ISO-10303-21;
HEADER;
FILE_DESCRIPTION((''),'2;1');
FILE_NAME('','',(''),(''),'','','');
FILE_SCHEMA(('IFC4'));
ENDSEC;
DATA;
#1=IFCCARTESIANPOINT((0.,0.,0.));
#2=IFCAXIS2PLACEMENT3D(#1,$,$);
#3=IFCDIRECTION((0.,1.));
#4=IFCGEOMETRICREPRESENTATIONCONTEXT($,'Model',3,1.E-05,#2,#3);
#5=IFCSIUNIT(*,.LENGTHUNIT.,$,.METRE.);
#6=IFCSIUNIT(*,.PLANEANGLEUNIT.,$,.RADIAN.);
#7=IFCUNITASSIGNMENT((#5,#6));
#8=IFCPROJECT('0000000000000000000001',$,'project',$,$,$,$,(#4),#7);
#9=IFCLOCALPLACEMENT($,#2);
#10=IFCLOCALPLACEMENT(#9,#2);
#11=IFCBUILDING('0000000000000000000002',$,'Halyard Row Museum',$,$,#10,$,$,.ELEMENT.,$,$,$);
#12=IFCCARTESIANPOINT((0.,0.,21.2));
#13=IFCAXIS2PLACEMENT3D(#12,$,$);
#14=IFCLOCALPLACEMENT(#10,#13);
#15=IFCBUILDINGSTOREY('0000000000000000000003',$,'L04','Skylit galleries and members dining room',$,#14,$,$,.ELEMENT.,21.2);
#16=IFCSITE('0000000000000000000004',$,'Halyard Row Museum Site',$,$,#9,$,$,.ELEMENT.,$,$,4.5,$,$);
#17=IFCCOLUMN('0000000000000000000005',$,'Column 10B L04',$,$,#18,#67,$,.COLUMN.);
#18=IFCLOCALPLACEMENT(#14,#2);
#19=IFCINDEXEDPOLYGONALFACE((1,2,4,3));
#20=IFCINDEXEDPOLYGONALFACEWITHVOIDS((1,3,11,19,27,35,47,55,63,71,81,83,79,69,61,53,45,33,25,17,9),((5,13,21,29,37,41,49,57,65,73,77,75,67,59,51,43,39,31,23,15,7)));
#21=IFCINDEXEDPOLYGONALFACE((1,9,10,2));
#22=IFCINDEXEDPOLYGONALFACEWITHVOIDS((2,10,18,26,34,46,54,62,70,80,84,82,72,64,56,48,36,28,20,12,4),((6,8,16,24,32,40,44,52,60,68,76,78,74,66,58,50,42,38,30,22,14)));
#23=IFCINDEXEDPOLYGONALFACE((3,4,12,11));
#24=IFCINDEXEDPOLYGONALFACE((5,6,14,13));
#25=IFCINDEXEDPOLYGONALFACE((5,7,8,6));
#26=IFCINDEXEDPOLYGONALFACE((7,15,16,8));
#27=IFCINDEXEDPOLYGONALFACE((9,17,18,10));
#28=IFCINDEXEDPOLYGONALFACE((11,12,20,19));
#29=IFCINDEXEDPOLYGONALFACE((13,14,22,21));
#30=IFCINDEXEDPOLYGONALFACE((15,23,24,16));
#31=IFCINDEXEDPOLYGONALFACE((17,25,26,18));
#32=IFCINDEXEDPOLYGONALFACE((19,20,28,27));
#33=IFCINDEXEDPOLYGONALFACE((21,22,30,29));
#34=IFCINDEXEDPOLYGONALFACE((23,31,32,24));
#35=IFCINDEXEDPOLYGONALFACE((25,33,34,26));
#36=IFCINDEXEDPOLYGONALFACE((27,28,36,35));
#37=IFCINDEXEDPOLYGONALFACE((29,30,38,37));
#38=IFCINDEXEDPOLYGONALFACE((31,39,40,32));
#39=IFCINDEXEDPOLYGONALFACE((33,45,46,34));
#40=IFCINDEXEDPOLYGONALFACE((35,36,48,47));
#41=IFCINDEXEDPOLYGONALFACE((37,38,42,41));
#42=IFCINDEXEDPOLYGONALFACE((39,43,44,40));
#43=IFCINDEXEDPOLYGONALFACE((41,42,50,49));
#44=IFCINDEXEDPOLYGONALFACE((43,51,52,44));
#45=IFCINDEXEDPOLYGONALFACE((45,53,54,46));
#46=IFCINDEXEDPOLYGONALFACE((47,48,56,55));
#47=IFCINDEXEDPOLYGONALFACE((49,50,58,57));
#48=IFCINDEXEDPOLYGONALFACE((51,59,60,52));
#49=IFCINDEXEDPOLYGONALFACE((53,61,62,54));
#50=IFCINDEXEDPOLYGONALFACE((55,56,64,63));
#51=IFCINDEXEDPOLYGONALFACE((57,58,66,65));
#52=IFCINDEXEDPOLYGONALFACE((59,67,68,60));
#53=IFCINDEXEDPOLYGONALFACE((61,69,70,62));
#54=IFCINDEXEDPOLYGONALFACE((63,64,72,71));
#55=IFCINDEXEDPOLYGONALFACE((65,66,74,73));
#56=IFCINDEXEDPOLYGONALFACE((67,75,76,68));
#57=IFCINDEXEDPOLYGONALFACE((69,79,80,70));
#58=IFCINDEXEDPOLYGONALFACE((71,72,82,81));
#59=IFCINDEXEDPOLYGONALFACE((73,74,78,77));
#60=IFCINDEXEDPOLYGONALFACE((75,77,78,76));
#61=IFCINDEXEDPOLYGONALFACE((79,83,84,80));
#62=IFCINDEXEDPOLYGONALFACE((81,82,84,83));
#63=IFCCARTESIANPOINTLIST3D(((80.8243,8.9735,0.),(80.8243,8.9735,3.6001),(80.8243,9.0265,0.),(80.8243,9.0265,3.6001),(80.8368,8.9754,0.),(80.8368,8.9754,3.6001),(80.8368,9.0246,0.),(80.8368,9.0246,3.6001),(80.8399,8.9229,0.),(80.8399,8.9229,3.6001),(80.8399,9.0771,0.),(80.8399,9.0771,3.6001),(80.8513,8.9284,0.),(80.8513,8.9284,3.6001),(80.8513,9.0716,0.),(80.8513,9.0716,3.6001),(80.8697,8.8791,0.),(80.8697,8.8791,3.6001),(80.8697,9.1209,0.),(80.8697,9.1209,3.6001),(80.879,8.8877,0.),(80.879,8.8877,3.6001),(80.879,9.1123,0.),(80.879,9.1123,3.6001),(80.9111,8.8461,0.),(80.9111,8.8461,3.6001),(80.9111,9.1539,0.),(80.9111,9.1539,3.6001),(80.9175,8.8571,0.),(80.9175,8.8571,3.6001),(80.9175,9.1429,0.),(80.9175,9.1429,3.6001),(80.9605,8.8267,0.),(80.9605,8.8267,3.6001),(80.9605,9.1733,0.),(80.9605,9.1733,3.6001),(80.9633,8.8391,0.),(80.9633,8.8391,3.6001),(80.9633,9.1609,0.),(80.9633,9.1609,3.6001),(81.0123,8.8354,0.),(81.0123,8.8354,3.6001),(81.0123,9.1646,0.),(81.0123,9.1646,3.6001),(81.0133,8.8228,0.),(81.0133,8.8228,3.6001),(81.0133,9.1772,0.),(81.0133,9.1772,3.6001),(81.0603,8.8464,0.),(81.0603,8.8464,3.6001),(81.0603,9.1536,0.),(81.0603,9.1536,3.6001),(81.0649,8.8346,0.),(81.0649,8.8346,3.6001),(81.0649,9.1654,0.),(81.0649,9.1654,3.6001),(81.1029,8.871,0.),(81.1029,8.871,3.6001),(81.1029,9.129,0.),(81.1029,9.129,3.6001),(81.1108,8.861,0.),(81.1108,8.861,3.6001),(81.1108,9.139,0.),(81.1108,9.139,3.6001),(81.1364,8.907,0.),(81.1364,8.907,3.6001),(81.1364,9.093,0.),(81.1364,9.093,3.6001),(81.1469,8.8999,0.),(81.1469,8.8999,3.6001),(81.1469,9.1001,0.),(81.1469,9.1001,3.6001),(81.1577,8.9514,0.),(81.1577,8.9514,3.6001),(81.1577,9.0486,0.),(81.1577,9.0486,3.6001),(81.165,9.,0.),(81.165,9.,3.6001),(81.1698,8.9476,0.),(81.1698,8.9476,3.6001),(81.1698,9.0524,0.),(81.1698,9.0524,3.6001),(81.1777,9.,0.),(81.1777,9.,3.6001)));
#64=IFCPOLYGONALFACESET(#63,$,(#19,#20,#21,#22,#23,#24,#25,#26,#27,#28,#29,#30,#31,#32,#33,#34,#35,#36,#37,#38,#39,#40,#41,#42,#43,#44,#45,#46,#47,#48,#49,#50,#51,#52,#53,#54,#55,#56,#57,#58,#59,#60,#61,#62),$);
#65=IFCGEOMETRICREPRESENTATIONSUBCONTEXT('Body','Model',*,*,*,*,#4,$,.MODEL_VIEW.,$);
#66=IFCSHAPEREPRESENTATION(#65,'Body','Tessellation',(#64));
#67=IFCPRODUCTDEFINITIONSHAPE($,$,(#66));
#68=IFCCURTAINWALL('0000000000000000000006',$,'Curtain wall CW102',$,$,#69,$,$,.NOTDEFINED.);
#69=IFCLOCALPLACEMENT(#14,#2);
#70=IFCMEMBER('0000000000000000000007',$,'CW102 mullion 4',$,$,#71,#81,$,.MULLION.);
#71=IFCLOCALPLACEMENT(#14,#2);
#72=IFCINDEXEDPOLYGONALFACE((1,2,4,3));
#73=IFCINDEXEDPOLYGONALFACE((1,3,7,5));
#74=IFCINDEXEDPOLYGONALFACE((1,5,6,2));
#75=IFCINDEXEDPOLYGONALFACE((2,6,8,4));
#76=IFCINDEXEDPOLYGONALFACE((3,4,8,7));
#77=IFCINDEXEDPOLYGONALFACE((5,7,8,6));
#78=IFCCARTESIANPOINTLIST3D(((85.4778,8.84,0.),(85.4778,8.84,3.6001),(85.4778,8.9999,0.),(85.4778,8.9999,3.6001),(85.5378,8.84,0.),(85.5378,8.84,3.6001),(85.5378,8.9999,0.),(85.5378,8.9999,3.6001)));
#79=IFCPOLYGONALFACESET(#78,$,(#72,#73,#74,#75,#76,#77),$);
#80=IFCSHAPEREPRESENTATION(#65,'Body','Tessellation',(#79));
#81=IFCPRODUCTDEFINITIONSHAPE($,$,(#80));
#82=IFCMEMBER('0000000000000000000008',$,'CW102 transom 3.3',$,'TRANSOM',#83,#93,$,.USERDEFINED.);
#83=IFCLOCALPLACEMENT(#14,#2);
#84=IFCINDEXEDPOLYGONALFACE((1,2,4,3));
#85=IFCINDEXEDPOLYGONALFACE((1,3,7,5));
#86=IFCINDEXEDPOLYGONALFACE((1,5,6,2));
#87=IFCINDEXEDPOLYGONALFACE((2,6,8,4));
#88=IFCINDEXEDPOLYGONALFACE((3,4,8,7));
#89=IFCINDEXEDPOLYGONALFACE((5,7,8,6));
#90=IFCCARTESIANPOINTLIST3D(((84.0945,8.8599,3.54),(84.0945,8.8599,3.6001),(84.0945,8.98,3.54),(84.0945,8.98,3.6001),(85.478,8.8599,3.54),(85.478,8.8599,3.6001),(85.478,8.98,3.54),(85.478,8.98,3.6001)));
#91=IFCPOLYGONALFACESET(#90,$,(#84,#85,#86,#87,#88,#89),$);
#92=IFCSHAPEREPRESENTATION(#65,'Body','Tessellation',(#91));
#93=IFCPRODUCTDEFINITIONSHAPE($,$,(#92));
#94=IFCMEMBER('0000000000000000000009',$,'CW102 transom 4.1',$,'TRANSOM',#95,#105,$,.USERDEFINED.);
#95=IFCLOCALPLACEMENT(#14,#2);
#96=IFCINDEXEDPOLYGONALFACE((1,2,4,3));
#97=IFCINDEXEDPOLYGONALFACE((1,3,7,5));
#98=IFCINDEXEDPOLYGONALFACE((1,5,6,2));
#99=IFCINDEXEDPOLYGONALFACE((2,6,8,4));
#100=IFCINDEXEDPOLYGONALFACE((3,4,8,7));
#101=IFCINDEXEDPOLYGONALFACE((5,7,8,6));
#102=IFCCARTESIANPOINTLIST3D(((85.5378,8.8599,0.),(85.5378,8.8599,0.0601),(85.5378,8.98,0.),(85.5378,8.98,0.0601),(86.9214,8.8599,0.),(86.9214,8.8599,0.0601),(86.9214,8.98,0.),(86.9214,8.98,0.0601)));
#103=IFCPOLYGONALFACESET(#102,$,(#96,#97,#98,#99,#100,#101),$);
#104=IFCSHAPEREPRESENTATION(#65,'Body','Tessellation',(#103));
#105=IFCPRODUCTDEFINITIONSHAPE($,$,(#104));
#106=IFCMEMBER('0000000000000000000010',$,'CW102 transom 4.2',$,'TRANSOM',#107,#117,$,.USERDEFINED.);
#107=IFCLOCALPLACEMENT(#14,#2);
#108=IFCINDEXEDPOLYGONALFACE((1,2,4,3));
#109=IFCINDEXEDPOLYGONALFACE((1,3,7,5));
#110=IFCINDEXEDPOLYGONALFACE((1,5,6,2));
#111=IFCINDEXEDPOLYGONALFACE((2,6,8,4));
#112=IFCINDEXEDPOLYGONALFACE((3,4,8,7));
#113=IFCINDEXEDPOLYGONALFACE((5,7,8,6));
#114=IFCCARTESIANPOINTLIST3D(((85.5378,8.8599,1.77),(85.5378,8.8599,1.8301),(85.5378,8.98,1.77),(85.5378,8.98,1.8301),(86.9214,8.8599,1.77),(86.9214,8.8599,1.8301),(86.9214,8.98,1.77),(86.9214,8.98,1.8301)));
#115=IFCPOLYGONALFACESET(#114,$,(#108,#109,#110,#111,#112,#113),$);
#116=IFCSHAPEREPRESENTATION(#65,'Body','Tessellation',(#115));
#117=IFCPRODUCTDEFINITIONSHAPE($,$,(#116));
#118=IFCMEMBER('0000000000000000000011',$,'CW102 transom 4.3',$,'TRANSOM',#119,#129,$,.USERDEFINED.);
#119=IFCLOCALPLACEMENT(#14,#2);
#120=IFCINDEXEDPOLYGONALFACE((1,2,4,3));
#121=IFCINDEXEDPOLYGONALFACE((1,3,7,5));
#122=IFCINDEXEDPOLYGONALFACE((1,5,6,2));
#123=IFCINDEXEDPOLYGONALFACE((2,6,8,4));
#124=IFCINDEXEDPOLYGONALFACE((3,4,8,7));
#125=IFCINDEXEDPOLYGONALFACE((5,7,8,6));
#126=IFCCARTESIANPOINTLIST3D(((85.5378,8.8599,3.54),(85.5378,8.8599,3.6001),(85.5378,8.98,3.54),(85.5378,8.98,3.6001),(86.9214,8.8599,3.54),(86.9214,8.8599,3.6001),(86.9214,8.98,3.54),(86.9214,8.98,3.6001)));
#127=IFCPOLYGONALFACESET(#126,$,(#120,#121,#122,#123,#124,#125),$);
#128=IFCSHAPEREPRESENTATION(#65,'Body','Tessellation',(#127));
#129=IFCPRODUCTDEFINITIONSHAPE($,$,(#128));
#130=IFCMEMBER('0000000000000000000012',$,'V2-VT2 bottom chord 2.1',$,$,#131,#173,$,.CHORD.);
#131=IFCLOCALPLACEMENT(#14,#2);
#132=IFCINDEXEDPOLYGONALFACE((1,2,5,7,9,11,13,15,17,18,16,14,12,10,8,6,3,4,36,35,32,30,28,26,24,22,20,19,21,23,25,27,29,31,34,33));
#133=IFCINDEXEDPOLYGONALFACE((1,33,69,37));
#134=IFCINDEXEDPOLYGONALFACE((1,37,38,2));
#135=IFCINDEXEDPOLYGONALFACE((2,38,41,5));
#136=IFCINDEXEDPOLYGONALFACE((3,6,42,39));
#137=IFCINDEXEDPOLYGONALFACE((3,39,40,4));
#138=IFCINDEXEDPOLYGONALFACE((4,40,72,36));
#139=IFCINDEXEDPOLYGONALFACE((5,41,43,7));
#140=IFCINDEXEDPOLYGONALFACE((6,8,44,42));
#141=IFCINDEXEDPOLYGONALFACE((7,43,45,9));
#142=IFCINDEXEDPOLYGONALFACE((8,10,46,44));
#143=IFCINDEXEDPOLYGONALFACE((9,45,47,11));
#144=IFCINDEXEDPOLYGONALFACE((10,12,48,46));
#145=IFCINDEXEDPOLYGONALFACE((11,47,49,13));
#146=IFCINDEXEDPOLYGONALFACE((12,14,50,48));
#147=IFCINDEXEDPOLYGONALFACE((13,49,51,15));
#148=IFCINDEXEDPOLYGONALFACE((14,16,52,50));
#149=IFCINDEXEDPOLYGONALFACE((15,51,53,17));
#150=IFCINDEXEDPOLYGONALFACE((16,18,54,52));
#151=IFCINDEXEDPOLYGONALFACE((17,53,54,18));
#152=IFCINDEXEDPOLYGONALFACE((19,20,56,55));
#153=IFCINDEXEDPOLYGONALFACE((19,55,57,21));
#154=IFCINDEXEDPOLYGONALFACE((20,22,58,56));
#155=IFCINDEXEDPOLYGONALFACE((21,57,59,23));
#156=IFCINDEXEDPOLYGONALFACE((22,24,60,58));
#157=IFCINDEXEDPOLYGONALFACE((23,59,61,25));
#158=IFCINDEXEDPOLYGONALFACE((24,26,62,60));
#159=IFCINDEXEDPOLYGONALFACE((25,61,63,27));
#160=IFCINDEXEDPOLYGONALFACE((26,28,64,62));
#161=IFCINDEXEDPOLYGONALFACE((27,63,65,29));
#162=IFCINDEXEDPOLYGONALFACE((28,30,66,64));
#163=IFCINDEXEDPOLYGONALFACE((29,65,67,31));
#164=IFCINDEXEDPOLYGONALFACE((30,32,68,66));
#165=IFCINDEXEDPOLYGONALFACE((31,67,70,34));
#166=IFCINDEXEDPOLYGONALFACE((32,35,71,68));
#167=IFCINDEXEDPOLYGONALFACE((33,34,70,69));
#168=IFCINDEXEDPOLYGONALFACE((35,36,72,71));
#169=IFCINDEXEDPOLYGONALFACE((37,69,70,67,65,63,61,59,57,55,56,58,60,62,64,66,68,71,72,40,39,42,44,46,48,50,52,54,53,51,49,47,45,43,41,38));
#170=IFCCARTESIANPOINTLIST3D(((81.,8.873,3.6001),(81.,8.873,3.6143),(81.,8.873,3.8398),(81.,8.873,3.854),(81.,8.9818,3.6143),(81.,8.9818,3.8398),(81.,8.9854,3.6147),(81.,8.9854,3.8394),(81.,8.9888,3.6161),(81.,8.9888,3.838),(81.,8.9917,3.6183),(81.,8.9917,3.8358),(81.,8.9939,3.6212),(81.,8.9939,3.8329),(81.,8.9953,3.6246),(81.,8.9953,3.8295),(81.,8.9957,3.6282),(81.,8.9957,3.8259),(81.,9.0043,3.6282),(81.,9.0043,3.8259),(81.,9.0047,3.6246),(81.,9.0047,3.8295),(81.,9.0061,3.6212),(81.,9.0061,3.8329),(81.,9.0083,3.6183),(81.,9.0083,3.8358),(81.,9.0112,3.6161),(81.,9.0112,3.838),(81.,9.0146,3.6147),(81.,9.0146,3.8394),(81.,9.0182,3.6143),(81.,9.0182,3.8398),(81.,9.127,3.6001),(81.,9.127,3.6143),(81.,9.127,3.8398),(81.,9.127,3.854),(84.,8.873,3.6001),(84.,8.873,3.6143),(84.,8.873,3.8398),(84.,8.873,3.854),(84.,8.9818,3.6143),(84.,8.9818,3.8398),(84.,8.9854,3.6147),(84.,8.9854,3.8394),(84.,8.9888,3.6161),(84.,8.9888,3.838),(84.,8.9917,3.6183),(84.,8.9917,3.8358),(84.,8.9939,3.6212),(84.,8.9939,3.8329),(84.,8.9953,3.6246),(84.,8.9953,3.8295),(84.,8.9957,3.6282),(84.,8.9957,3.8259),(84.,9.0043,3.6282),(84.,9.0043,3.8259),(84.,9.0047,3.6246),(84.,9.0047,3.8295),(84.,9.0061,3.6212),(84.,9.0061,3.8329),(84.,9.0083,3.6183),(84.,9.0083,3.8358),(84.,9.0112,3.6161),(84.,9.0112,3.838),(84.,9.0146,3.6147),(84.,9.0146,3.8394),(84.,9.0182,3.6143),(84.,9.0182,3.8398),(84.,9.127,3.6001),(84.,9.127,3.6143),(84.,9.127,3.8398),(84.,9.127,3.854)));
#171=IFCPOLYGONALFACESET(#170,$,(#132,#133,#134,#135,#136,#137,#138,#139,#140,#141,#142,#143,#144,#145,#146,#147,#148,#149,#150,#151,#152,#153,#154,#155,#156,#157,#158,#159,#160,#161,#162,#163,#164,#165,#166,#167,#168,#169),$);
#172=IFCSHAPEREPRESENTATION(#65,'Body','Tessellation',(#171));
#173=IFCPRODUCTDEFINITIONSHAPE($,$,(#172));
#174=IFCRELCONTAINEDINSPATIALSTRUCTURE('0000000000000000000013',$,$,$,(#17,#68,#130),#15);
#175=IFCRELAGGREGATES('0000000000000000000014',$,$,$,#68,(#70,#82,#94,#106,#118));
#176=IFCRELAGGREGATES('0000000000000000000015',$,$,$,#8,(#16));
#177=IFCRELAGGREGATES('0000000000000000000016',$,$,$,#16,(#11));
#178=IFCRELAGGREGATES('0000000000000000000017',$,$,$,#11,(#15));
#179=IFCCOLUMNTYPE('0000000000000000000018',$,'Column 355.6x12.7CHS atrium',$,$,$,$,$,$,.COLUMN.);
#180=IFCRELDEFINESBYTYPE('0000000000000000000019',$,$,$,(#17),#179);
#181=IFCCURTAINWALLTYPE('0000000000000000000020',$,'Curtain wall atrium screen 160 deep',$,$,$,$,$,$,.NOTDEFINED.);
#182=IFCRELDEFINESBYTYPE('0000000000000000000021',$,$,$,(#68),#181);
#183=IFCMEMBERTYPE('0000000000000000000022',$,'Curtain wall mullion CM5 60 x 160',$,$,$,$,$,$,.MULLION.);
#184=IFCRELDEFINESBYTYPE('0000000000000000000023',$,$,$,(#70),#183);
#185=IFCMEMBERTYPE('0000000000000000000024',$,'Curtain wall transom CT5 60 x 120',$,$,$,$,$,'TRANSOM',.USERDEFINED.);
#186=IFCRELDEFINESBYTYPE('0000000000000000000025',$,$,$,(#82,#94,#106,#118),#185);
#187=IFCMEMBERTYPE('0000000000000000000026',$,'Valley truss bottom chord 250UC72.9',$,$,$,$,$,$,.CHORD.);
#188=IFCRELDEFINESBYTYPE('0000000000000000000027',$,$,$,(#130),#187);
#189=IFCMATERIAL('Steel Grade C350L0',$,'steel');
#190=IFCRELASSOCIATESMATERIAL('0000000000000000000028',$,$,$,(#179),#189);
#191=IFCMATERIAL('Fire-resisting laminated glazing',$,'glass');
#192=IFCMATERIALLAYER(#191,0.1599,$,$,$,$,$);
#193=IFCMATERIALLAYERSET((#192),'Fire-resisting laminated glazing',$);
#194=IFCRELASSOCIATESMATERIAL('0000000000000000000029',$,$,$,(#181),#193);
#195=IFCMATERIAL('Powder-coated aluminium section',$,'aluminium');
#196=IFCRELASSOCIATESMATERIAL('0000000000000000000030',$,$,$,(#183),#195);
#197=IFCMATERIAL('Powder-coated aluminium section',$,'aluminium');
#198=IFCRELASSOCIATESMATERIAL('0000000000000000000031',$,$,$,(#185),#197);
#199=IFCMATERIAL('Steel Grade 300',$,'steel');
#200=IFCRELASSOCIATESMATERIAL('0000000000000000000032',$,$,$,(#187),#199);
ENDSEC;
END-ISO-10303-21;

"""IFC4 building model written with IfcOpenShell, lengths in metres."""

from ifc_helpers import new_model, si_unit, direction, frame, origin, origin_2d, place, context, subcontext, project, spatial, rectangle, hollow_circle, i_section, extrude, material, layer, layer_set, material_profile, profile_set, type_object, element, aggregate, save


model = new_model("IFC4")

# Units and contexts
model_context = context("Model", 3, precision=1e-05, world=origin(), true_north=direction((0.0, 1.0)))
body_context = subcontext(model_context, "Body", "Model", "MODEL_VIEW")
ifc_project = project(units=[si_unit("LENGTHUNIT", "METRE"), si_unit("PLANEANGLEUNIT", "RADIAN")], contexts=[model_context])

# Site, building, storey
site_placement = place(None, origin())
site = spatial("IfcSite", under=ifc_project, at=site_placement, Name="Halyard Row Museum Site", CompositionType="ELEMENT", RefElevation=4.5)
building_placement = place(site_placement, origin())
building = spatial("IfcBuilding", under=site, at=building_placement, Name="Halyard Row Museum", CompositionType="ELEMENT")
storey_placement = place(building_placement, frame((0.0, 0.0, 21.2)))
storey = spatial("IfcBuildingStorey", under=building, at=storey_placement, Name="L04", Description="Skylit galleries and members dining room", CompositionType="ELEMENT", Elevation=21.2)

# Column
ifc_material_1 = material(Name="Steel Grade C350L0", Category="steel")
ifc_material_profile_1 = material_profile(ifc_material_1, hollow_circle(Radius=0.1777, WallThickness=0.0127, at=origin_2d()), Name="355.6x12.7CHS")
ifc_profile_set_1 = profile_set([ifc_material_profile_1], Name="Steel Grade C350L0")
column_type = type_object("IfcColumnType", Name="Column 355.6x12.7CHS atrium", PredefinedType="COLUMN", material=ifc_profile_set_1)
column_placement = place(storey_placement, frame((81.0, 9.0, 0.0), z_axis=(0.0, 0.0, 1.0), x_axis=(1.0, 0.0, 0.0)))
element("IfcColumn", 1, at=column_placement, inside=storey, type_object=column_type, Name="Column 10B L04", PredefinedType="COLUMN", context=body_context, shape_type="SweptSolid", body=[
    extrude(hollow_circle(Radius=0.1777, WallThickness=0.0127, at=origin_2d()), origin(), (0.0, 0.0, 1.0), 3.6001),
])

# Curtain wall, members
ifc_material_2 = material(Name="Fire-resisting laminated glazing", Category="glass")
ifc_layer_1 = layer(ifc_material_2, 0.1599)
ifc_layer_set_1 = layer_set([ifc_layer_1], Name="Fire-resisting laminated glazing")
curtain_wall_type = type_object("IfcCurtainWallType", Name="Curtain wall atrium screen 160 deep", PredefinedType="NOTDEFINED", material=ifc_layer_set_1)
curtain_wall_placement = place(storey_placement, origin())
curtain_wall = element("IfcCurtainWall", 2, at=curtain_wall_placement, inside=storey, type_object=curtain_wall_type, Name="Curtain wall CW102", PredefinedType="NOTDEFINED")
ifc_material_3 = material(Name="Powder-coated aluminium section", Category="aluminium")
ifc_material_profile_2 = material_profile(ifc_material_3, rectangle(XDim=0.1599, YDim=0.0601, at=origin_2d()), Name="160x60 mullion")
ifc_profile_set_2 = profile_set([ifc_material_profile_2], Name="Powder-coated aluminium section")
member_type_1 = type_object("IfcMemberType", Name="Curtain wall mullion CM5 60 x 160", PredefinedType="MULLION", material=ifc_profile_set_2)
member_1_placement = place(storey_placement, frame((85.5078, 8.9199, 0.0), z_axis=(0.0, 0.0, 1.0), x_axis=(0.0, 1.0, 0.0)))
member_1 = element("IfcMember", 3, at=member_1_placement, type_object=member_type_1, Name="CW102 mullion 4", PredefinedType="MULLION", context=body_context, shape_type="SweptSolid", body=[
    extrude(rectangle(XDim=0.1599, YDim=0.0601, at=origin_2d()), origin(), (0.0, 0.0, 1.0), 3.6001),
])
ifc_material_4 = material(Name="Powder-coated aluminium section", Category="aluminium")
ifc_material_profile_3 = material_profile(ifc_material_4, rectangle(XDim=0.1201, YDim=0.0601, at=origin_2d()), Name="120x60 transom")
ifc_profile_set_3 = profile_set([ifc_material_profile_3], Name="Powder-coated aluminium section")
member_type_2 = type_object("IfcMemberType", Name="Curtain wall transom CT5 60 x 120", ElementType="TRANSOM", PredefinedType="USERDEFINED", material=ifc_profile_set_3)
member_2_placement = place(storey_placement, frame((84.0945, 8.9199, 3.5701), z_axis=(1.0, 0.0, 0.0), x_axis=(0.0, 1.0, 0.0)))
member_2 = element("IfcMember", 4, at=member_2_placement, type_object=member_type_2, Name="CW102 transom 3.3", ObjectType="TRANSOM", PredefinedType="USERDEFINED", context=body_context, shape_type="SweptSolid", body=[
    extrude(rectangle(XDim=0.1201, YDim=0.0601, at=origin_2d()), origin(), (0.0, 0.0, 1.0), 1.3835),
])
member_3_placement = place(storey_placement, frame((85.5378, 8.9199, 0.03), z_axis=(1.0, 0.0, 0.0), x_axis=(0.0, 1.0, 0.0)))
member_3 = element("IfcMember", 5, at=member_3_placement, type_object=member_type_2, Name="CW102 transom 4.1", ObjectType="TRANSOM", PredefinedType="USERDEFINED", context=body_context, shape_type="SweptSolid", body=[
    extrude(rectangle(XDim=0.1201, YDim=0.0601, at=origin_2d()), origin(), (0.0, 0.0, 1.0), 1.3835),
])
member_4_placement = place(storey_placement, frame((85.5378, 8.9199, 1.8), z_axis=(1.0, 0.0, 0.0), x_axis=(0.0, 1.0, 0.0)))
member_4 = element("IfcMember", 6, at=member_4_placement, type_object=member_type_2, Name="CW102 transom 4.2", ObjectType="TRANSOM", PredefinedType="USERDEFINED", context=body_context, shape_type="SweptSolid", body=[
    extrude(rectangle(XDim=0.1201, YDim=0.0601, at=origin_2d()), origin(), (0.0, 0.0, 1.0), 1.3835),
])
member_5_placement = place(storey_placement, frame((85.5378, 8.9199, 3.5701), z_axis=(1.0, 0.0, 0.0), x_axis=(0.0, 1.0, 0.0)))
member_5 = element("IfcMember", 7, at=member_5_placement, type_object=member_type_2, Name="CW102 transom 4.3", ObjectType="TRANSOM", PredefinedType="USERDEFINED", context=body_context, shape_type="SweptSolid", body=[
    extrude(rectangle(XDim=0.1201, YDim=0.0601, at=origin_2d()), origin(), (0.0, 0.0, 1.0), 1.3835),
])

# Member
ifc_material_5 = material(Name="Steel Grade 300", Category="steel")
ifc_material_profile_4 = material_profile(ifc_material_5, i_section(OverallWidth=0.2539, OverallDepth=0.2539, WebThickness=0.0085, FlangeThickness=0.0142, FilletRadius=0.0139, at=origin_2d()), Name="250UC72.9")
ifc_profile_set_4 = profile_set([ifc_material_profile_4], Name="Steel Grade 300")
member_type_3 = type_object("IfcMemberType", Name="Valley truss bottom chord 250UC72.9", PredefinedType="CHORD", material=ifc_profile_set_4)
for number, where, z_axis, x_axis, name in (
    (8, (81.0, 9.0, 3.7271), (1.0, 0.0, 0.0), (0.0, 1.0, 0.0), "V2-VT2 bottom chord 2.1"),
):
    element("IfcMember", number, at=place(storey_placement, frame(where, z_axis=z_axis, x_axis=x_axis)), inside=storey, type_object=member_type_3, Name=name, PredefinedType="CHORD", context=body_context, shape_type="SweptSolid", body=[
        extrude(i_section(OverallWidth=0.2539, OverallDepth=0.2539, WebThickness=0.0085, FlangeThickness=0.0142, FilletRadius=0.0139, at=origin_2d()), origin(), (0.0, 0.0, 1.0), 3.0),
    ])

aggregate(curtain_wall, [member_1, member_2, member_3, member_4, member_5])

save(model, "model.ifc")
